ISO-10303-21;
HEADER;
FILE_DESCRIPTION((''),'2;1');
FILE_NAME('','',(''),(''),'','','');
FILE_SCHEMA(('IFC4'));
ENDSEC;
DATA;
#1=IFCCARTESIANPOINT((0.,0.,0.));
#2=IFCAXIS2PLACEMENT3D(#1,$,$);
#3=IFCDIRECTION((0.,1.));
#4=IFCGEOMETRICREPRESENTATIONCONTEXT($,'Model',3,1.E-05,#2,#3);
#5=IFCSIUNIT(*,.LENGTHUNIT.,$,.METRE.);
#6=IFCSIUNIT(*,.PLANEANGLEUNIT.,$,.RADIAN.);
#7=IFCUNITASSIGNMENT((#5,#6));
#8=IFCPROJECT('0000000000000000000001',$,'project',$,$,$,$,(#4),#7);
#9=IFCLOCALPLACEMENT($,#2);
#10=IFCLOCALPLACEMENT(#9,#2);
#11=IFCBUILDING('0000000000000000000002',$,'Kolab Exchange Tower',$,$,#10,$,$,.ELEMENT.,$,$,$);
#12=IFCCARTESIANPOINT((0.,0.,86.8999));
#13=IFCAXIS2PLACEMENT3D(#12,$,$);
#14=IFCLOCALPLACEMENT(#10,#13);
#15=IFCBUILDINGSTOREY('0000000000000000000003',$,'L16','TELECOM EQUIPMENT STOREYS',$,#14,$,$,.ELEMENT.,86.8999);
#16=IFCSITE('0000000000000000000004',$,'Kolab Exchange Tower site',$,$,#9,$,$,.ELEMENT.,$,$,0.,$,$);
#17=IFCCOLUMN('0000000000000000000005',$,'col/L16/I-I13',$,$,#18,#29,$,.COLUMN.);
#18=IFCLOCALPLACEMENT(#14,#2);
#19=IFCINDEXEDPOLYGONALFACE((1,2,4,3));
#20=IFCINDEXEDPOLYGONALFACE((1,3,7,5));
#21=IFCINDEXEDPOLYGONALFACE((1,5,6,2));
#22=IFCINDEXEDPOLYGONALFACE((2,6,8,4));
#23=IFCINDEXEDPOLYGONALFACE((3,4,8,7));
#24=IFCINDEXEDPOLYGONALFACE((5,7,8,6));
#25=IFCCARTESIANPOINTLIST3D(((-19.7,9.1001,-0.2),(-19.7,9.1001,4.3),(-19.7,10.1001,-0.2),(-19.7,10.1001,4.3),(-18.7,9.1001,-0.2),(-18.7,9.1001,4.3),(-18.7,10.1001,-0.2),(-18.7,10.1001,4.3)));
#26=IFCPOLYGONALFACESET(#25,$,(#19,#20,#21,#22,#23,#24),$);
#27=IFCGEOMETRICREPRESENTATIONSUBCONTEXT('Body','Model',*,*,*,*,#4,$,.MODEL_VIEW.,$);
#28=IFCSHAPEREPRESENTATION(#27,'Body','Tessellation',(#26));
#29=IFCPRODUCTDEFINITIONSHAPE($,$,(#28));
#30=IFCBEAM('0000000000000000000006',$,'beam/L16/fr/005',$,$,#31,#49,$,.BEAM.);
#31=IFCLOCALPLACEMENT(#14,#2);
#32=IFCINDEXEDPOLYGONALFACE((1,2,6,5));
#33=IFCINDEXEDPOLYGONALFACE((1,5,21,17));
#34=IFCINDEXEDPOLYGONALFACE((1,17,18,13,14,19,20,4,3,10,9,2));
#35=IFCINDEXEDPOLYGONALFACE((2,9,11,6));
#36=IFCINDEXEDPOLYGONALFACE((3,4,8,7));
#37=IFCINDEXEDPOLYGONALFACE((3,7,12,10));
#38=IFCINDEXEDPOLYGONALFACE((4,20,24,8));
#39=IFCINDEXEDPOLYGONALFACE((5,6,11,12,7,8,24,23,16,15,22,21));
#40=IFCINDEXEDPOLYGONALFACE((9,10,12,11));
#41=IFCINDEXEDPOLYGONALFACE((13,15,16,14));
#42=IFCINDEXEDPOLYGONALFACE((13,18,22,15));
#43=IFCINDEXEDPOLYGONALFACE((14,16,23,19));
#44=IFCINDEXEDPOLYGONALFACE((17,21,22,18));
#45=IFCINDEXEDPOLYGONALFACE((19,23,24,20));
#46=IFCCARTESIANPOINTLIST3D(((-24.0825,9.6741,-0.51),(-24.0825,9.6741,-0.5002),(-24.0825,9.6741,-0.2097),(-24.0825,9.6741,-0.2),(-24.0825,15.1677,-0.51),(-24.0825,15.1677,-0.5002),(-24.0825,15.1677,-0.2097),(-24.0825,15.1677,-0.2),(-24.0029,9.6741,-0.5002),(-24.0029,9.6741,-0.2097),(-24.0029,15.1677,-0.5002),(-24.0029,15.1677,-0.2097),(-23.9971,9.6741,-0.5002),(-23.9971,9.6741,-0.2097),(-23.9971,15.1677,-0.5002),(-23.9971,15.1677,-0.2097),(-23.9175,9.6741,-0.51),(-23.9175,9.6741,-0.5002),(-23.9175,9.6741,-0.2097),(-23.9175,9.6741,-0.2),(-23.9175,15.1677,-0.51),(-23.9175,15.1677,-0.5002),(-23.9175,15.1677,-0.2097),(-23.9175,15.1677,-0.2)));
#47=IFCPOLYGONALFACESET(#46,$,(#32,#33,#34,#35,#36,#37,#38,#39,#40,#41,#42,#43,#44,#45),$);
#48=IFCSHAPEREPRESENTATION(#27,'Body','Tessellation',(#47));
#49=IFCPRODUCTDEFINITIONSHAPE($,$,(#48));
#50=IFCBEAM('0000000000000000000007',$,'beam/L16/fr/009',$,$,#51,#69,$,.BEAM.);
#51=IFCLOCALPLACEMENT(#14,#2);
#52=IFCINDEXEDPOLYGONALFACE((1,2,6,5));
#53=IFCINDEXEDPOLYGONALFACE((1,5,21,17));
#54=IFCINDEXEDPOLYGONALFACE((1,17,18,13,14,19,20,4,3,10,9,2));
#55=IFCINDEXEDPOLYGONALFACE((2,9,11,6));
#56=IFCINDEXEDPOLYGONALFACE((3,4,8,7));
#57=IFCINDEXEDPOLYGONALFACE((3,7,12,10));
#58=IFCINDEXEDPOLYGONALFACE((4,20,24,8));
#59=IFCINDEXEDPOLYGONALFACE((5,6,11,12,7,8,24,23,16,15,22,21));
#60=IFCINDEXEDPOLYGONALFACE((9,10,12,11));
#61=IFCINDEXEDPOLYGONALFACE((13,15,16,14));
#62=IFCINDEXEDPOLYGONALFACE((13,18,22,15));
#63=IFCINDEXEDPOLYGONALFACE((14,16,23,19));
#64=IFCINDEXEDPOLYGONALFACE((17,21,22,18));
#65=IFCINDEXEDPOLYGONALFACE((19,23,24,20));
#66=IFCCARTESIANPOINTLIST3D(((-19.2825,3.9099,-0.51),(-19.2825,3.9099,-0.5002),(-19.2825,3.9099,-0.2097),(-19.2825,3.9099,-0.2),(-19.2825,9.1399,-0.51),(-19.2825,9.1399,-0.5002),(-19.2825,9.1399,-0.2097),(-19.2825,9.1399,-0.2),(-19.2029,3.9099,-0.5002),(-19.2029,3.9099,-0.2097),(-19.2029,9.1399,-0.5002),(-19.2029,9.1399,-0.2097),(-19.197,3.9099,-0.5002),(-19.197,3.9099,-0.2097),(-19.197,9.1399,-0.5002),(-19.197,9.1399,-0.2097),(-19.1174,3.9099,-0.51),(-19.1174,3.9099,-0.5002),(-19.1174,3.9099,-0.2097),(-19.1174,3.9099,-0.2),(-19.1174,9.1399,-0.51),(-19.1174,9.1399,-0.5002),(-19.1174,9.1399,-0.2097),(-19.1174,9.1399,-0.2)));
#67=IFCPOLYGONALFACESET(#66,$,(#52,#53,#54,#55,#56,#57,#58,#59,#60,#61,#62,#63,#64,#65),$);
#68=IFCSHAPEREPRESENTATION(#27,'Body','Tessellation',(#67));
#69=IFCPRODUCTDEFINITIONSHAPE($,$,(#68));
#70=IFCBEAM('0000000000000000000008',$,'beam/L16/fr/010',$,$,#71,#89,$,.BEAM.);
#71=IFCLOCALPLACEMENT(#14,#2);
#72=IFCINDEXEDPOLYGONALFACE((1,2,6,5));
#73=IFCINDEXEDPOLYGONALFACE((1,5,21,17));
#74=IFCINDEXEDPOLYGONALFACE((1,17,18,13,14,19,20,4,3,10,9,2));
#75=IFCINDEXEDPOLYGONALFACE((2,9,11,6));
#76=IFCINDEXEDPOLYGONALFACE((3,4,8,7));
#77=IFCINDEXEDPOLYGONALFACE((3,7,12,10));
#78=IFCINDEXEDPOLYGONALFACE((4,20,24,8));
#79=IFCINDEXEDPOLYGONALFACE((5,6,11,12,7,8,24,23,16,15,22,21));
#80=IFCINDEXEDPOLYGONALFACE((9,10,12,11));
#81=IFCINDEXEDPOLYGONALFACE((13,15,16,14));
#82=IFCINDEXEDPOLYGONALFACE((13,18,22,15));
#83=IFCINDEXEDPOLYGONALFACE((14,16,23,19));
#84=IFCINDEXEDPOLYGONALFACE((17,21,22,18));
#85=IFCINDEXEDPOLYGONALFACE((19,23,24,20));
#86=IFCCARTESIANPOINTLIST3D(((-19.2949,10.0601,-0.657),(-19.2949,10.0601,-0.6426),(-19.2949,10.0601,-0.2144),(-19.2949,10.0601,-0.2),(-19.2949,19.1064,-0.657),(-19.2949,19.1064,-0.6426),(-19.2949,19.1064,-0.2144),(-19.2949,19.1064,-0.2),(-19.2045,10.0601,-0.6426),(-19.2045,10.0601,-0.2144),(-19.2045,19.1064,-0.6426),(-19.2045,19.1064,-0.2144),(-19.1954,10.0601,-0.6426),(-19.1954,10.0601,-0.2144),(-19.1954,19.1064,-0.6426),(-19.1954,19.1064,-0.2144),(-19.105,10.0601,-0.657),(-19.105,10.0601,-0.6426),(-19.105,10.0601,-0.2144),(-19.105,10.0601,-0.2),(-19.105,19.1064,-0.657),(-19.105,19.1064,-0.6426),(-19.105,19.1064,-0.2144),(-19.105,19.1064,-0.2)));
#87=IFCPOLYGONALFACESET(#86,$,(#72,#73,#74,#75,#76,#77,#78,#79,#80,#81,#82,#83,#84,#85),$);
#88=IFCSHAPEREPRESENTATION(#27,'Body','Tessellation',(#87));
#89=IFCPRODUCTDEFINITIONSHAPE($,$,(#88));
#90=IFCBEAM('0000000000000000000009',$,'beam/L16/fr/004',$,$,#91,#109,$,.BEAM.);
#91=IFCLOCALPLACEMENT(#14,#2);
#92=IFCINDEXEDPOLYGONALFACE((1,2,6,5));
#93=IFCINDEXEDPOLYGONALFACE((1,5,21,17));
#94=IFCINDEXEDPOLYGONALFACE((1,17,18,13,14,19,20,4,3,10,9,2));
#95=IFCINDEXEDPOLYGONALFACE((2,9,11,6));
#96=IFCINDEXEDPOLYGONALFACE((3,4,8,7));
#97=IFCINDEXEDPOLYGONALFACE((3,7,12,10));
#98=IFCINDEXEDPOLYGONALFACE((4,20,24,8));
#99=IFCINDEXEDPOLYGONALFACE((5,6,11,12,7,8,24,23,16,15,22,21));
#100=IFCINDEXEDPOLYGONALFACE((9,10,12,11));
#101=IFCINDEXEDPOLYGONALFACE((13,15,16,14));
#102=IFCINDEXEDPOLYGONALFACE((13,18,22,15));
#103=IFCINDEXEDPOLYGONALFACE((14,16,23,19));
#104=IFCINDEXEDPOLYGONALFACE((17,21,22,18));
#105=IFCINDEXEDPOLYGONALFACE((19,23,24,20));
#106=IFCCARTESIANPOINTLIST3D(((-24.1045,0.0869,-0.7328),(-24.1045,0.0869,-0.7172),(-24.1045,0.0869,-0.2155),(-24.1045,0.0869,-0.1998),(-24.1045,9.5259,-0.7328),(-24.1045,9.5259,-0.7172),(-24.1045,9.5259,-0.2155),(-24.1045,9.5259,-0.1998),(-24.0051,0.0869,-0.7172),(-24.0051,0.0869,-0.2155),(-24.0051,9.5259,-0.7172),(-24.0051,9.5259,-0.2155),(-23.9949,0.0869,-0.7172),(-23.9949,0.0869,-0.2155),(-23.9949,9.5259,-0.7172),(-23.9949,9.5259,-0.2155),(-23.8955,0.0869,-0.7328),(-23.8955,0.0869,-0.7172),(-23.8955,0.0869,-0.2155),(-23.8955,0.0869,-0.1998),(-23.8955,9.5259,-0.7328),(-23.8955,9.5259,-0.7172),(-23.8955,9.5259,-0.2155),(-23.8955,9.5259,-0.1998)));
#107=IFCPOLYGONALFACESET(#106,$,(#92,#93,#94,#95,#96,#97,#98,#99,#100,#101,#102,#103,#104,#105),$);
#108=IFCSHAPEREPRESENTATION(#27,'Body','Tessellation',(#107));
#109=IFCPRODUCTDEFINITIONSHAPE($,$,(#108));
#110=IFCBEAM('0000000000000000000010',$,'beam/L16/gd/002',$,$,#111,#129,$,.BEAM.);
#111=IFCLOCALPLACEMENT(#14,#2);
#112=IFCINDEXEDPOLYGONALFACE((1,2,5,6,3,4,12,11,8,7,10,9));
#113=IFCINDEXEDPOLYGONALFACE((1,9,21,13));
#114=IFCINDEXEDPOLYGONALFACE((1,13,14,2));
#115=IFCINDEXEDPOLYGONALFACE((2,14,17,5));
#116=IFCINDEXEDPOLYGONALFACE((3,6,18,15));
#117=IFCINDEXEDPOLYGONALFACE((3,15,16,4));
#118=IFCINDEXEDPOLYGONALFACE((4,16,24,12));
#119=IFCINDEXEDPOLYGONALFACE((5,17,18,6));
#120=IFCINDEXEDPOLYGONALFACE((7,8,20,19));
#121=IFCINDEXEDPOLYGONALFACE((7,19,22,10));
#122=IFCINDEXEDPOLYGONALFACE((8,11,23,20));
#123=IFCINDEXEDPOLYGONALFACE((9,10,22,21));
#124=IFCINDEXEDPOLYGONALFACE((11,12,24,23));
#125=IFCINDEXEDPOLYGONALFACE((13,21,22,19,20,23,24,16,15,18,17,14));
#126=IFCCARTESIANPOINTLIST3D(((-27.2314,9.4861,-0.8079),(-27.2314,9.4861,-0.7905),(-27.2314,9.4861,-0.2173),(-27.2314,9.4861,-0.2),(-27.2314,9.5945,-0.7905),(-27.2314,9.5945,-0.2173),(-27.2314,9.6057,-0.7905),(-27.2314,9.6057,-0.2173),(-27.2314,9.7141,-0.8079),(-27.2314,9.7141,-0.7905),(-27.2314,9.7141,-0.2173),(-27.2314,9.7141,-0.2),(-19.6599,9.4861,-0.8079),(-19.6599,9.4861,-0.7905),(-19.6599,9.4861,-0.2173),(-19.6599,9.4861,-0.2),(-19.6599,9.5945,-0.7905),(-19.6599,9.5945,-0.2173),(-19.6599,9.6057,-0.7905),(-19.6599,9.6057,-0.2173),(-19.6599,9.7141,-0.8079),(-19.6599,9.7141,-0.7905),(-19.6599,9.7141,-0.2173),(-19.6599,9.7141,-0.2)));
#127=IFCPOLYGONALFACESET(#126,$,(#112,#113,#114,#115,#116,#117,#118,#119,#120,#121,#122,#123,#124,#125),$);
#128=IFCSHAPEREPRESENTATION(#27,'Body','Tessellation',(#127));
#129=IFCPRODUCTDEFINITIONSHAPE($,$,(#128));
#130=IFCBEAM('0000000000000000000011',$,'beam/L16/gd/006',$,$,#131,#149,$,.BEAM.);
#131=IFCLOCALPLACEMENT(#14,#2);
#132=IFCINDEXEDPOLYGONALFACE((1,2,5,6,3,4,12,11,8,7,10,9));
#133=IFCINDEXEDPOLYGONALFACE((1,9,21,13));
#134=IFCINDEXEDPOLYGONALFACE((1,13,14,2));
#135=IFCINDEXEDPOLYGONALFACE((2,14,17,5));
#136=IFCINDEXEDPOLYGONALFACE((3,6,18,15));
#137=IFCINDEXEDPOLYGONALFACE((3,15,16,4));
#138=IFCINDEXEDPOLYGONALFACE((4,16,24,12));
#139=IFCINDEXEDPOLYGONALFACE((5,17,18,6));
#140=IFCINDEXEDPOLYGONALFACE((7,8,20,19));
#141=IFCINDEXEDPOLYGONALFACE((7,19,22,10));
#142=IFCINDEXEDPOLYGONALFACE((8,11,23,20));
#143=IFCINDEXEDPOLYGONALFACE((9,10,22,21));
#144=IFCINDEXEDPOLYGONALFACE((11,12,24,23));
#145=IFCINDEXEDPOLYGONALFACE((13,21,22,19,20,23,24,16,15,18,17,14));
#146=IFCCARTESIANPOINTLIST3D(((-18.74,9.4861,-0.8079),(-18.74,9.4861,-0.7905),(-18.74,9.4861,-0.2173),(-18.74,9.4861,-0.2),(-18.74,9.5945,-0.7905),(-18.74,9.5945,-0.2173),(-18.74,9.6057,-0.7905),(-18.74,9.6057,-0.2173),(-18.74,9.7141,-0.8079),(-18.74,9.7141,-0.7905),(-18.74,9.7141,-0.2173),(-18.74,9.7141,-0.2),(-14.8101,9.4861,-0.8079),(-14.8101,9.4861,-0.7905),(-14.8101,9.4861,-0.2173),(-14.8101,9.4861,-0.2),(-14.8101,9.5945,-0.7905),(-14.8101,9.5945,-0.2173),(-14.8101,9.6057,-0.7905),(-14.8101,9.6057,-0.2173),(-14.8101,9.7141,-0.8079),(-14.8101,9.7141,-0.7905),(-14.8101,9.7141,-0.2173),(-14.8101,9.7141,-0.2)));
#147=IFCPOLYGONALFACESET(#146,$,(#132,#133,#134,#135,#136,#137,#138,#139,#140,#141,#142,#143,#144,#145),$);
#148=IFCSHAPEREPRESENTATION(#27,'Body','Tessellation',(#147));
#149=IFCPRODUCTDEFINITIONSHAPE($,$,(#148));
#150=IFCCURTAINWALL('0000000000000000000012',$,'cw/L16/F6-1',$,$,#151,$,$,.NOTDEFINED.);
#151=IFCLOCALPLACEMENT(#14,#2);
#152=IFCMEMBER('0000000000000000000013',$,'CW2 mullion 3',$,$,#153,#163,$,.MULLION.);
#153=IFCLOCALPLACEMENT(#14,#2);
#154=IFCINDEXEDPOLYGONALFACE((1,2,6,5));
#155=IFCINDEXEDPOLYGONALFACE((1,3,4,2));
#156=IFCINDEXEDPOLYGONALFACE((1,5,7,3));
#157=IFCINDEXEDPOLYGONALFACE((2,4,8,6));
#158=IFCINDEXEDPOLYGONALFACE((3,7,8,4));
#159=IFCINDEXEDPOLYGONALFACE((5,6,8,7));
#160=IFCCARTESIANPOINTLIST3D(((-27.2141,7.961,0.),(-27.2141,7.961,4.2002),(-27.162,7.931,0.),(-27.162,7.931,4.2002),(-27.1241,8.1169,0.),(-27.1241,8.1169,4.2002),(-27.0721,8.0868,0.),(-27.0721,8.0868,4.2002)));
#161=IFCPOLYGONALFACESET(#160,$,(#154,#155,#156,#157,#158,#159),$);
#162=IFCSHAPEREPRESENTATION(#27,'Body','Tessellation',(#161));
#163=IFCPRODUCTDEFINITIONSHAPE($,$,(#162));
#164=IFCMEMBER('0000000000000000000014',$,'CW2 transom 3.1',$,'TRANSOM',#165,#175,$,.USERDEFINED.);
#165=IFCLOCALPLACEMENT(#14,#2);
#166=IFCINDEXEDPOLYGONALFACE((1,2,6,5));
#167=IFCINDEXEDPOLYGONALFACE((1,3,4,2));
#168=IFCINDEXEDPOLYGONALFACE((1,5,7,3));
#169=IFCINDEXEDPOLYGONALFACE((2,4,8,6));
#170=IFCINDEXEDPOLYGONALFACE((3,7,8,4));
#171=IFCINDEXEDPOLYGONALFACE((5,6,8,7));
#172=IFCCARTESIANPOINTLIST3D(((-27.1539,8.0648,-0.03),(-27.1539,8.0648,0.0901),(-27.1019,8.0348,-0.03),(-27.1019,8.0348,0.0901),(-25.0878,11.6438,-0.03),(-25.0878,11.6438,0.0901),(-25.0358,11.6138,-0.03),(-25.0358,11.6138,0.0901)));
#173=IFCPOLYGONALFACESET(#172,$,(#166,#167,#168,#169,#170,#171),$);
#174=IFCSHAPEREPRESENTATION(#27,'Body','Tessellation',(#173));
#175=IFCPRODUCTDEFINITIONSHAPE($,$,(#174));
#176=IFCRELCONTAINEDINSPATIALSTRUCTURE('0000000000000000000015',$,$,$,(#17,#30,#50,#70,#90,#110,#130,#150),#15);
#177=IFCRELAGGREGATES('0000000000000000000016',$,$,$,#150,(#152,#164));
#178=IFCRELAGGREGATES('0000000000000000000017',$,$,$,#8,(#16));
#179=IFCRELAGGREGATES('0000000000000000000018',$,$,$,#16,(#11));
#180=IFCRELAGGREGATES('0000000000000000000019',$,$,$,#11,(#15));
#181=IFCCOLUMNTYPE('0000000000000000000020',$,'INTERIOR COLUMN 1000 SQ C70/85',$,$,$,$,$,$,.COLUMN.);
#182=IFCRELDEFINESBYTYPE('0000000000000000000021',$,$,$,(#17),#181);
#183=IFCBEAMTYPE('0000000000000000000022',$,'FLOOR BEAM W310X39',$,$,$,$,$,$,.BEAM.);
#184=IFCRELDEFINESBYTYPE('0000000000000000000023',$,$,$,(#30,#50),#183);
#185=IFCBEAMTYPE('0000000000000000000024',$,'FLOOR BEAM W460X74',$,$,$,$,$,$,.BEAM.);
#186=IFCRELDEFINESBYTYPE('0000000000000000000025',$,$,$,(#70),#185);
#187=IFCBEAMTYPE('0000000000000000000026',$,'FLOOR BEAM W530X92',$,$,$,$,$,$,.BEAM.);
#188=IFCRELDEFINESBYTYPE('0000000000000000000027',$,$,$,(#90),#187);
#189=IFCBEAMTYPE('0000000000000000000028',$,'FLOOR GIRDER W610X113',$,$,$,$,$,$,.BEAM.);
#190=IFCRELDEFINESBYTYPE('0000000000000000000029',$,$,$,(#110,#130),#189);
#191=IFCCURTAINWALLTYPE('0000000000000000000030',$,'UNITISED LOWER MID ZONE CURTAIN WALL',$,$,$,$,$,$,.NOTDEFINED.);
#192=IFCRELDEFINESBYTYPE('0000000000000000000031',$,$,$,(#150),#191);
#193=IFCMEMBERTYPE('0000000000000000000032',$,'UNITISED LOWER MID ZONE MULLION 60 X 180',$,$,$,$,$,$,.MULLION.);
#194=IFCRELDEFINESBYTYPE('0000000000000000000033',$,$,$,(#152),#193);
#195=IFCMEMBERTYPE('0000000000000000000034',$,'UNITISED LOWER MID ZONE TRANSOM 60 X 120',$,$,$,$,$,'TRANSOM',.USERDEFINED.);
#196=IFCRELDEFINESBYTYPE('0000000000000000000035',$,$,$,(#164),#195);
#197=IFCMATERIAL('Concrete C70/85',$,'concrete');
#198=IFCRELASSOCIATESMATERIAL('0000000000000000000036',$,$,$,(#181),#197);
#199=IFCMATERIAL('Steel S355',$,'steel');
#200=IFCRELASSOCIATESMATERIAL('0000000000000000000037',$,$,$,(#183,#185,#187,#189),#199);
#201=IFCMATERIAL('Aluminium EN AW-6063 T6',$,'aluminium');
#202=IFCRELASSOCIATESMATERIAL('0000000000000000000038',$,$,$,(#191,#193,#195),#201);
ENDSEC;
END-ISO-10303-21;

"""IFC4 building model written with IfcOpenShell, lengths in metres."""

from ifc_helpers import new_model, si_unit, direction, frame, origin, origin_2d, place, context, subcontext, project, spatial, rectangle, i_section, extrude, material, material_profile, profile_set, type_object, element, aggregate, save


model = new_model("IFC4")

# Units and contexts
model_context = context("Model", 3, precision=1e-05, world=origin(), true_north=direction((0.0, 1.0)))
body_context = subcontext(model_context, "Body", "Model", "MODEL_VIEW")
ifc_project = project(units=[si_unit("LENGTHUNIT", "METRE"), si_unit("PLANEANGLEUNIT", "RADIAN")], contexts=[model_context])

# Site, building, storey
site_placement = place(None, origin())
site = spatial("IfcSite", under=ifc_project, at=site_placement, Name="Kolab Exchange Tower site", CompositionType="ELEMENT", RefElevation=0.0)
building_placement = place(site_placement, origin())
building = spatial("IfcBuilding", under=site, at=building_placement, Name="Kolab Exchange Tower", CompositionType="ELEMENT")
storey_placement = place(building_placement, frame((0.0, 0.0, 86.8999)))
storey = spatial("IfcBuildingStorey", under=building, at=storey_placement, Name="L16", Description="TELECOM EQUIPMENT STOREYS", CompositionType="ELEMENT", Elevation=86.8999)

# Column
ifc_material_1 = material(Name="Concrete C70/85", Category="concrete")
ifc_material_profile_1 = material_profile(ifc_material_1, rectangle(XDim=1.0, YDim=1.0, at=origin_2d()), Name="RC1000")
ifc_profile_set_1 = profile_set([ifc_material_profile_1], Name="Concrete C70/85")
column_type = type_object("IfcColumnType", Name="INTERIOR COLUMN 1000 SQ C70/85", PredefinedType="COLUMN", material=ifc_profile_set_1)
column_placement = place(storey_placement, frame((-19.2, 9.6001, -0.2), z_axis=(0.0, 0.0, 1.0), x_axis=(1.0, 0.0, 0.0)))
element("IfcColumn", 1, at=column_placement, inside=storey, type_object=column_type, Name="col/L16/I-I13", PredefinedType="COLUMN", context=body_context, shape_type="SweptSolid", body=[
    extrude(rectangle(XDim=1.0, YDim=1.0, at=origin_2d()), origin(), (0.0, 0.0, 1.0), 4.5),
])

# Beams
ifc_material_2 = material(Name="Steel S355", Category="steel")
ifc_material_profile_2 = material_profile(ifc_material_2, i_section(OverallWidth=0.165, OverallDepth=0.3101, WebThickness=0.0059, FlangeThickness=0.0098, at=origin_2d()), Name="W310X39")
ifc_profile_set_2 = profile_set([ifc_material_profile_2], Name="Steel S355")
beam_type_1 = type_object("IfcBeamType", Name="FLOOR BEAM W310X39", PredefinedType="BEAM", material=ifc_profile_set_2)
beam_1_placement = place(storey_placement, frame((-24.0, 9.6741, -0.355), z_axis=(0.0, 1.0, 0.0), x_axis=(-1.0, 0.0, 0.0)))
element("IfcBeam", 2, at=beam_1_placement, inside=storey, type_object=beam_type_1, Name="beam/L16/fr/005", PredefinedType="BEAM", context=body_context, shape_type="SweptSolid", body=[
    extrude(i_section(OverallWidth=0.165, OverallDepth=0.3101, WebThickness=0.0059, FlangeThickness=0.0098, at=origin_2d()), origin(), (0.0, 0.0, 1.0), 5.4937),
])
beam_2_placement = place(storey_placement, frame((-19.2, 3.9099, -0.355), z_axis=(0.0, 1.0, 0.0), x_axis=(-1.0, 0.0, 0.0)))
element("IfcBeam", 3, at=beam_2_placement, inside=storey, type_object=beam_type_1, Name="beam/L16/fr/009", PredefinedType="BEAM", context=body_context, shape_type="SweptSolid", body=[
    extrude(i_section(OverallWidth=0.165, OverallDepth=0.3101, WebThickness=0.0059, FlangeThickness=0.0098, at=origin_2d()), origin(), (0.0, 0.0, 1.0), 5.23),
])
ifc_material_profile_3 = material_profile(ifc_material_2, i_section(OverallWidth=0.1899, OverallDepth=0.457, WebThickness=0.009, FlangeThickness=0.0144, at=origin_2d()), Name="W460X74")
ifc_profile_set_3 = profile_set([ifc_material_profile_3], Name="Steel S355")
beam_type_2 = type_object("IfcBeamType", Name="FLOOR BEAM W460X74", PredefinedType="BEAM", material=ifc_profile_set_3)
beam_3_placement = place(storey_placement, frame((-19.2, 10.0601, -0.4285), z_axis=(0.0, 1.0, 0.0), x_axis=(-1.0, 0.0, 0.0)))
element("IfcBeam", 4, at=beam_3_placement, inside=storey, type_object=beam_type_2, Name="beam/L16/fr/010", PredefinedType="BEAM", context=body_context, shape_type="SweptSolid", body=[
    extrude(i_section(OverallWidth=0.1899, OverallDepth=0.457, WebThickness=0.009, FlangeThickness=0.0144, at=origin_2d()), origin(), (0.0, 0.0, 1.0), 9.0464),
])
ifc_material_profile_4 = material_profile(ifc_material_2, i_section(OverallWidth=0.209, OverallDepth=0.533, WebThickness=0.0103, FlangeThickness=0.0156, at=origin_2d()), Name="W530X92")
ifc_profile_set_4 = profile_set([ifc_material_profile_4], Name="Steel S355")
beam_type_3 = type_object("IfcBeamType", Name="FLOOR BEAM W530X92", PredefinedType="BEAM", material=ifc_profile_set_4)
beam_4_placement = place(storey_placement, frame((-24.0, 0.0869, -0.4663), z_axis=(0.0, 1.0, 0.0), x_axis=(-1.0, 0.0, 0.0)))
element("IfcBeam", 5, at=beam_4_placement, inside=storey, type_object=beam_type_3, Name="beam/L16/fr/004", PredefinedType="BEAM", context=body_context, shape_type="SweptSolid", body=[
    extrude(i_section(OverallWidth=0.209, OverallDepth=0.533, WebThickness=0.0103, FlangeThickness=0.0156, at=origin_2d()), origin(), (0.0, 0.0, 1.0), 9.439),
])
ifc_material_profile_5 = material_profile(ifc_material_2, i_section(OverallWidth=0.228, OverallDepth=0.6079, WebThickness=0.0112, FlangeThickness=0.0173, at=origin_2d()), Name="W610X113")
ifc_profile_set_5 = profile_set([ifc_material_profile_5], Name="Steel S355")
beam_type_4 = type_object("IfcBeamType", Name="FLOOR GIRDER W610X113", PredefinedType="BEAM", material=ifc_profile_set_5)
beam_5_placement = place(storey_placement, frame((-27.2314, 9.6001, -0.5039), z_axis=(1.0, 0.0, 0.0), x_axis=(0.0, 1.0, 0.0)))
element("IfcBeam", 6, at=beam_5_placement, inside=storey, type_object=beam_type_4, Name="beam/L16/gd/002", PredefinedType="BEAM", context=body_context, shape_type="SweptSolid", body=[
    extrude(i_section(OverallWidth=0.228, OverallDepth=0.6079, WebThickness=0.0112, FlangeThickness=0.0173, at=origin_2d()), origin(), (0.0, 0.0, 1.0), 7.5715),
])
beam_6_placement = place(storey_placement, frame((-18.74, 9.6001, -0.5039), z_axis=(1.0, 0.0, 0.0), x_axis=(0.0, 1.0, 0.0)))
element("IfcBeam", 7, at=beam_6_placement, inside=storey, type_object=beam_type_4, Name="beam/L16/gd/006", PredefinedType="BEAM", context=body_context, shape_type="SweptSolid", body=[
    extrude(i_section(OverallWidth=0.228, OverallDepth=0.6079, WebThickness=0.0112, FlangeThickness=0.0173, at=origin_2d()), origin(), (0.0, 0.0, 1.0), 3.9299),
])

# Curtain wall, members
ifc_material_3 = material(Name="Aluminium EN AW-6063 T6", Category="aluminium")
curtain_wall_type = type_object("IfcCurtainWallType", Name="UNITISED LOWER MID ZONE CURTAIN WALL", PredefinedType="NOTDEFINED", material=ifc_material_3)
curtain_wall_placement = place(storey_placement, origin())
curtain_wall = element("IfcCurtainWall", 8, at=curtain_wall_placement, inside=storey, type_object=curtain_wall_type, Name="cw/L16/F6-1", PredefinedType="NOTDEFINED")
ifc_material_profile_6 = material_profile(ifc_material_3, rectangle(XDim=0.0601, YDim=0.1799, at=origin_2d()), Name="RECT 60X180")
ifc_profile_set_6 = profile_set([ifc_material_profile_6], Name="Aluminium EN AW-6063 T6")
member_type_1 = type_object("IfcMemberType", Name="UNITISED LOWER MID ZONE MULLION 60 X 180", PredefinedType="MULLION", material=ifc_profile_set_6)
member_1_placement = place(storey_placement, frame((-27.1431, 8.0239, 0.0), z_axis=(0.0, 0.0, 1.0), x_axis=(-0.866025, 0.5, 0.0)))
member_1 = element("IfcMember", 9, at=member_1_placement, type_object=member_type_1, Name="CW2 mullion 3", PredefinedType="MULLION", context=body_context, shape_type="SweptSolid", body=[
    extrude(rectangle(XDim=0.0601, YDim=0.1799, at=origin_2d()), origin(), (0.0, 0.0, 1.0), 4.2002),
])
ifc_material_profile_7 = material_profile(ifc_material_3, rectangle(XDim=0.0601, YDim=0.1201, at=origin_2d()), Name="RECT 60X120")
ifc_profile_set_7 = profile_set([ifc_material_profile_7], Name="Aluminium EN AW-6063 T6")
member_type_2 = type_object("IfcMemberType", Name="UNITISED LOWER MID ZONE TRANSOM 60 X 120", ElementType="TRANSOM", PredefinedType="USERDEFINED", material=ifc_profile_set_7)
member_2_placement = place(storey_placement, frame((-27.1279, 8.0498, 0.03), z_axis=(0.499958, 0.86605, 0.0), x_axis=(-0.86605, 0.499958, 0.0)))
member_2 = element("IfcMember", 10, at=member_2_placement, type_object=member_type_2, Name="CW2 transom 3.1", ObjectType="TRANSOM", PredefinedType="USERDEFINED", context=body_context, shape_type="SweptSolid", body=[
    extrude(rectangle(XDim=0.0601, YDim=0.1201, at=origin_2d()), origin(), (0.0, 0.0, 1.0), 4.1326),
])
aggregate(curtain_wall, [member_1, member_2])

save(model, "model.ifc")
